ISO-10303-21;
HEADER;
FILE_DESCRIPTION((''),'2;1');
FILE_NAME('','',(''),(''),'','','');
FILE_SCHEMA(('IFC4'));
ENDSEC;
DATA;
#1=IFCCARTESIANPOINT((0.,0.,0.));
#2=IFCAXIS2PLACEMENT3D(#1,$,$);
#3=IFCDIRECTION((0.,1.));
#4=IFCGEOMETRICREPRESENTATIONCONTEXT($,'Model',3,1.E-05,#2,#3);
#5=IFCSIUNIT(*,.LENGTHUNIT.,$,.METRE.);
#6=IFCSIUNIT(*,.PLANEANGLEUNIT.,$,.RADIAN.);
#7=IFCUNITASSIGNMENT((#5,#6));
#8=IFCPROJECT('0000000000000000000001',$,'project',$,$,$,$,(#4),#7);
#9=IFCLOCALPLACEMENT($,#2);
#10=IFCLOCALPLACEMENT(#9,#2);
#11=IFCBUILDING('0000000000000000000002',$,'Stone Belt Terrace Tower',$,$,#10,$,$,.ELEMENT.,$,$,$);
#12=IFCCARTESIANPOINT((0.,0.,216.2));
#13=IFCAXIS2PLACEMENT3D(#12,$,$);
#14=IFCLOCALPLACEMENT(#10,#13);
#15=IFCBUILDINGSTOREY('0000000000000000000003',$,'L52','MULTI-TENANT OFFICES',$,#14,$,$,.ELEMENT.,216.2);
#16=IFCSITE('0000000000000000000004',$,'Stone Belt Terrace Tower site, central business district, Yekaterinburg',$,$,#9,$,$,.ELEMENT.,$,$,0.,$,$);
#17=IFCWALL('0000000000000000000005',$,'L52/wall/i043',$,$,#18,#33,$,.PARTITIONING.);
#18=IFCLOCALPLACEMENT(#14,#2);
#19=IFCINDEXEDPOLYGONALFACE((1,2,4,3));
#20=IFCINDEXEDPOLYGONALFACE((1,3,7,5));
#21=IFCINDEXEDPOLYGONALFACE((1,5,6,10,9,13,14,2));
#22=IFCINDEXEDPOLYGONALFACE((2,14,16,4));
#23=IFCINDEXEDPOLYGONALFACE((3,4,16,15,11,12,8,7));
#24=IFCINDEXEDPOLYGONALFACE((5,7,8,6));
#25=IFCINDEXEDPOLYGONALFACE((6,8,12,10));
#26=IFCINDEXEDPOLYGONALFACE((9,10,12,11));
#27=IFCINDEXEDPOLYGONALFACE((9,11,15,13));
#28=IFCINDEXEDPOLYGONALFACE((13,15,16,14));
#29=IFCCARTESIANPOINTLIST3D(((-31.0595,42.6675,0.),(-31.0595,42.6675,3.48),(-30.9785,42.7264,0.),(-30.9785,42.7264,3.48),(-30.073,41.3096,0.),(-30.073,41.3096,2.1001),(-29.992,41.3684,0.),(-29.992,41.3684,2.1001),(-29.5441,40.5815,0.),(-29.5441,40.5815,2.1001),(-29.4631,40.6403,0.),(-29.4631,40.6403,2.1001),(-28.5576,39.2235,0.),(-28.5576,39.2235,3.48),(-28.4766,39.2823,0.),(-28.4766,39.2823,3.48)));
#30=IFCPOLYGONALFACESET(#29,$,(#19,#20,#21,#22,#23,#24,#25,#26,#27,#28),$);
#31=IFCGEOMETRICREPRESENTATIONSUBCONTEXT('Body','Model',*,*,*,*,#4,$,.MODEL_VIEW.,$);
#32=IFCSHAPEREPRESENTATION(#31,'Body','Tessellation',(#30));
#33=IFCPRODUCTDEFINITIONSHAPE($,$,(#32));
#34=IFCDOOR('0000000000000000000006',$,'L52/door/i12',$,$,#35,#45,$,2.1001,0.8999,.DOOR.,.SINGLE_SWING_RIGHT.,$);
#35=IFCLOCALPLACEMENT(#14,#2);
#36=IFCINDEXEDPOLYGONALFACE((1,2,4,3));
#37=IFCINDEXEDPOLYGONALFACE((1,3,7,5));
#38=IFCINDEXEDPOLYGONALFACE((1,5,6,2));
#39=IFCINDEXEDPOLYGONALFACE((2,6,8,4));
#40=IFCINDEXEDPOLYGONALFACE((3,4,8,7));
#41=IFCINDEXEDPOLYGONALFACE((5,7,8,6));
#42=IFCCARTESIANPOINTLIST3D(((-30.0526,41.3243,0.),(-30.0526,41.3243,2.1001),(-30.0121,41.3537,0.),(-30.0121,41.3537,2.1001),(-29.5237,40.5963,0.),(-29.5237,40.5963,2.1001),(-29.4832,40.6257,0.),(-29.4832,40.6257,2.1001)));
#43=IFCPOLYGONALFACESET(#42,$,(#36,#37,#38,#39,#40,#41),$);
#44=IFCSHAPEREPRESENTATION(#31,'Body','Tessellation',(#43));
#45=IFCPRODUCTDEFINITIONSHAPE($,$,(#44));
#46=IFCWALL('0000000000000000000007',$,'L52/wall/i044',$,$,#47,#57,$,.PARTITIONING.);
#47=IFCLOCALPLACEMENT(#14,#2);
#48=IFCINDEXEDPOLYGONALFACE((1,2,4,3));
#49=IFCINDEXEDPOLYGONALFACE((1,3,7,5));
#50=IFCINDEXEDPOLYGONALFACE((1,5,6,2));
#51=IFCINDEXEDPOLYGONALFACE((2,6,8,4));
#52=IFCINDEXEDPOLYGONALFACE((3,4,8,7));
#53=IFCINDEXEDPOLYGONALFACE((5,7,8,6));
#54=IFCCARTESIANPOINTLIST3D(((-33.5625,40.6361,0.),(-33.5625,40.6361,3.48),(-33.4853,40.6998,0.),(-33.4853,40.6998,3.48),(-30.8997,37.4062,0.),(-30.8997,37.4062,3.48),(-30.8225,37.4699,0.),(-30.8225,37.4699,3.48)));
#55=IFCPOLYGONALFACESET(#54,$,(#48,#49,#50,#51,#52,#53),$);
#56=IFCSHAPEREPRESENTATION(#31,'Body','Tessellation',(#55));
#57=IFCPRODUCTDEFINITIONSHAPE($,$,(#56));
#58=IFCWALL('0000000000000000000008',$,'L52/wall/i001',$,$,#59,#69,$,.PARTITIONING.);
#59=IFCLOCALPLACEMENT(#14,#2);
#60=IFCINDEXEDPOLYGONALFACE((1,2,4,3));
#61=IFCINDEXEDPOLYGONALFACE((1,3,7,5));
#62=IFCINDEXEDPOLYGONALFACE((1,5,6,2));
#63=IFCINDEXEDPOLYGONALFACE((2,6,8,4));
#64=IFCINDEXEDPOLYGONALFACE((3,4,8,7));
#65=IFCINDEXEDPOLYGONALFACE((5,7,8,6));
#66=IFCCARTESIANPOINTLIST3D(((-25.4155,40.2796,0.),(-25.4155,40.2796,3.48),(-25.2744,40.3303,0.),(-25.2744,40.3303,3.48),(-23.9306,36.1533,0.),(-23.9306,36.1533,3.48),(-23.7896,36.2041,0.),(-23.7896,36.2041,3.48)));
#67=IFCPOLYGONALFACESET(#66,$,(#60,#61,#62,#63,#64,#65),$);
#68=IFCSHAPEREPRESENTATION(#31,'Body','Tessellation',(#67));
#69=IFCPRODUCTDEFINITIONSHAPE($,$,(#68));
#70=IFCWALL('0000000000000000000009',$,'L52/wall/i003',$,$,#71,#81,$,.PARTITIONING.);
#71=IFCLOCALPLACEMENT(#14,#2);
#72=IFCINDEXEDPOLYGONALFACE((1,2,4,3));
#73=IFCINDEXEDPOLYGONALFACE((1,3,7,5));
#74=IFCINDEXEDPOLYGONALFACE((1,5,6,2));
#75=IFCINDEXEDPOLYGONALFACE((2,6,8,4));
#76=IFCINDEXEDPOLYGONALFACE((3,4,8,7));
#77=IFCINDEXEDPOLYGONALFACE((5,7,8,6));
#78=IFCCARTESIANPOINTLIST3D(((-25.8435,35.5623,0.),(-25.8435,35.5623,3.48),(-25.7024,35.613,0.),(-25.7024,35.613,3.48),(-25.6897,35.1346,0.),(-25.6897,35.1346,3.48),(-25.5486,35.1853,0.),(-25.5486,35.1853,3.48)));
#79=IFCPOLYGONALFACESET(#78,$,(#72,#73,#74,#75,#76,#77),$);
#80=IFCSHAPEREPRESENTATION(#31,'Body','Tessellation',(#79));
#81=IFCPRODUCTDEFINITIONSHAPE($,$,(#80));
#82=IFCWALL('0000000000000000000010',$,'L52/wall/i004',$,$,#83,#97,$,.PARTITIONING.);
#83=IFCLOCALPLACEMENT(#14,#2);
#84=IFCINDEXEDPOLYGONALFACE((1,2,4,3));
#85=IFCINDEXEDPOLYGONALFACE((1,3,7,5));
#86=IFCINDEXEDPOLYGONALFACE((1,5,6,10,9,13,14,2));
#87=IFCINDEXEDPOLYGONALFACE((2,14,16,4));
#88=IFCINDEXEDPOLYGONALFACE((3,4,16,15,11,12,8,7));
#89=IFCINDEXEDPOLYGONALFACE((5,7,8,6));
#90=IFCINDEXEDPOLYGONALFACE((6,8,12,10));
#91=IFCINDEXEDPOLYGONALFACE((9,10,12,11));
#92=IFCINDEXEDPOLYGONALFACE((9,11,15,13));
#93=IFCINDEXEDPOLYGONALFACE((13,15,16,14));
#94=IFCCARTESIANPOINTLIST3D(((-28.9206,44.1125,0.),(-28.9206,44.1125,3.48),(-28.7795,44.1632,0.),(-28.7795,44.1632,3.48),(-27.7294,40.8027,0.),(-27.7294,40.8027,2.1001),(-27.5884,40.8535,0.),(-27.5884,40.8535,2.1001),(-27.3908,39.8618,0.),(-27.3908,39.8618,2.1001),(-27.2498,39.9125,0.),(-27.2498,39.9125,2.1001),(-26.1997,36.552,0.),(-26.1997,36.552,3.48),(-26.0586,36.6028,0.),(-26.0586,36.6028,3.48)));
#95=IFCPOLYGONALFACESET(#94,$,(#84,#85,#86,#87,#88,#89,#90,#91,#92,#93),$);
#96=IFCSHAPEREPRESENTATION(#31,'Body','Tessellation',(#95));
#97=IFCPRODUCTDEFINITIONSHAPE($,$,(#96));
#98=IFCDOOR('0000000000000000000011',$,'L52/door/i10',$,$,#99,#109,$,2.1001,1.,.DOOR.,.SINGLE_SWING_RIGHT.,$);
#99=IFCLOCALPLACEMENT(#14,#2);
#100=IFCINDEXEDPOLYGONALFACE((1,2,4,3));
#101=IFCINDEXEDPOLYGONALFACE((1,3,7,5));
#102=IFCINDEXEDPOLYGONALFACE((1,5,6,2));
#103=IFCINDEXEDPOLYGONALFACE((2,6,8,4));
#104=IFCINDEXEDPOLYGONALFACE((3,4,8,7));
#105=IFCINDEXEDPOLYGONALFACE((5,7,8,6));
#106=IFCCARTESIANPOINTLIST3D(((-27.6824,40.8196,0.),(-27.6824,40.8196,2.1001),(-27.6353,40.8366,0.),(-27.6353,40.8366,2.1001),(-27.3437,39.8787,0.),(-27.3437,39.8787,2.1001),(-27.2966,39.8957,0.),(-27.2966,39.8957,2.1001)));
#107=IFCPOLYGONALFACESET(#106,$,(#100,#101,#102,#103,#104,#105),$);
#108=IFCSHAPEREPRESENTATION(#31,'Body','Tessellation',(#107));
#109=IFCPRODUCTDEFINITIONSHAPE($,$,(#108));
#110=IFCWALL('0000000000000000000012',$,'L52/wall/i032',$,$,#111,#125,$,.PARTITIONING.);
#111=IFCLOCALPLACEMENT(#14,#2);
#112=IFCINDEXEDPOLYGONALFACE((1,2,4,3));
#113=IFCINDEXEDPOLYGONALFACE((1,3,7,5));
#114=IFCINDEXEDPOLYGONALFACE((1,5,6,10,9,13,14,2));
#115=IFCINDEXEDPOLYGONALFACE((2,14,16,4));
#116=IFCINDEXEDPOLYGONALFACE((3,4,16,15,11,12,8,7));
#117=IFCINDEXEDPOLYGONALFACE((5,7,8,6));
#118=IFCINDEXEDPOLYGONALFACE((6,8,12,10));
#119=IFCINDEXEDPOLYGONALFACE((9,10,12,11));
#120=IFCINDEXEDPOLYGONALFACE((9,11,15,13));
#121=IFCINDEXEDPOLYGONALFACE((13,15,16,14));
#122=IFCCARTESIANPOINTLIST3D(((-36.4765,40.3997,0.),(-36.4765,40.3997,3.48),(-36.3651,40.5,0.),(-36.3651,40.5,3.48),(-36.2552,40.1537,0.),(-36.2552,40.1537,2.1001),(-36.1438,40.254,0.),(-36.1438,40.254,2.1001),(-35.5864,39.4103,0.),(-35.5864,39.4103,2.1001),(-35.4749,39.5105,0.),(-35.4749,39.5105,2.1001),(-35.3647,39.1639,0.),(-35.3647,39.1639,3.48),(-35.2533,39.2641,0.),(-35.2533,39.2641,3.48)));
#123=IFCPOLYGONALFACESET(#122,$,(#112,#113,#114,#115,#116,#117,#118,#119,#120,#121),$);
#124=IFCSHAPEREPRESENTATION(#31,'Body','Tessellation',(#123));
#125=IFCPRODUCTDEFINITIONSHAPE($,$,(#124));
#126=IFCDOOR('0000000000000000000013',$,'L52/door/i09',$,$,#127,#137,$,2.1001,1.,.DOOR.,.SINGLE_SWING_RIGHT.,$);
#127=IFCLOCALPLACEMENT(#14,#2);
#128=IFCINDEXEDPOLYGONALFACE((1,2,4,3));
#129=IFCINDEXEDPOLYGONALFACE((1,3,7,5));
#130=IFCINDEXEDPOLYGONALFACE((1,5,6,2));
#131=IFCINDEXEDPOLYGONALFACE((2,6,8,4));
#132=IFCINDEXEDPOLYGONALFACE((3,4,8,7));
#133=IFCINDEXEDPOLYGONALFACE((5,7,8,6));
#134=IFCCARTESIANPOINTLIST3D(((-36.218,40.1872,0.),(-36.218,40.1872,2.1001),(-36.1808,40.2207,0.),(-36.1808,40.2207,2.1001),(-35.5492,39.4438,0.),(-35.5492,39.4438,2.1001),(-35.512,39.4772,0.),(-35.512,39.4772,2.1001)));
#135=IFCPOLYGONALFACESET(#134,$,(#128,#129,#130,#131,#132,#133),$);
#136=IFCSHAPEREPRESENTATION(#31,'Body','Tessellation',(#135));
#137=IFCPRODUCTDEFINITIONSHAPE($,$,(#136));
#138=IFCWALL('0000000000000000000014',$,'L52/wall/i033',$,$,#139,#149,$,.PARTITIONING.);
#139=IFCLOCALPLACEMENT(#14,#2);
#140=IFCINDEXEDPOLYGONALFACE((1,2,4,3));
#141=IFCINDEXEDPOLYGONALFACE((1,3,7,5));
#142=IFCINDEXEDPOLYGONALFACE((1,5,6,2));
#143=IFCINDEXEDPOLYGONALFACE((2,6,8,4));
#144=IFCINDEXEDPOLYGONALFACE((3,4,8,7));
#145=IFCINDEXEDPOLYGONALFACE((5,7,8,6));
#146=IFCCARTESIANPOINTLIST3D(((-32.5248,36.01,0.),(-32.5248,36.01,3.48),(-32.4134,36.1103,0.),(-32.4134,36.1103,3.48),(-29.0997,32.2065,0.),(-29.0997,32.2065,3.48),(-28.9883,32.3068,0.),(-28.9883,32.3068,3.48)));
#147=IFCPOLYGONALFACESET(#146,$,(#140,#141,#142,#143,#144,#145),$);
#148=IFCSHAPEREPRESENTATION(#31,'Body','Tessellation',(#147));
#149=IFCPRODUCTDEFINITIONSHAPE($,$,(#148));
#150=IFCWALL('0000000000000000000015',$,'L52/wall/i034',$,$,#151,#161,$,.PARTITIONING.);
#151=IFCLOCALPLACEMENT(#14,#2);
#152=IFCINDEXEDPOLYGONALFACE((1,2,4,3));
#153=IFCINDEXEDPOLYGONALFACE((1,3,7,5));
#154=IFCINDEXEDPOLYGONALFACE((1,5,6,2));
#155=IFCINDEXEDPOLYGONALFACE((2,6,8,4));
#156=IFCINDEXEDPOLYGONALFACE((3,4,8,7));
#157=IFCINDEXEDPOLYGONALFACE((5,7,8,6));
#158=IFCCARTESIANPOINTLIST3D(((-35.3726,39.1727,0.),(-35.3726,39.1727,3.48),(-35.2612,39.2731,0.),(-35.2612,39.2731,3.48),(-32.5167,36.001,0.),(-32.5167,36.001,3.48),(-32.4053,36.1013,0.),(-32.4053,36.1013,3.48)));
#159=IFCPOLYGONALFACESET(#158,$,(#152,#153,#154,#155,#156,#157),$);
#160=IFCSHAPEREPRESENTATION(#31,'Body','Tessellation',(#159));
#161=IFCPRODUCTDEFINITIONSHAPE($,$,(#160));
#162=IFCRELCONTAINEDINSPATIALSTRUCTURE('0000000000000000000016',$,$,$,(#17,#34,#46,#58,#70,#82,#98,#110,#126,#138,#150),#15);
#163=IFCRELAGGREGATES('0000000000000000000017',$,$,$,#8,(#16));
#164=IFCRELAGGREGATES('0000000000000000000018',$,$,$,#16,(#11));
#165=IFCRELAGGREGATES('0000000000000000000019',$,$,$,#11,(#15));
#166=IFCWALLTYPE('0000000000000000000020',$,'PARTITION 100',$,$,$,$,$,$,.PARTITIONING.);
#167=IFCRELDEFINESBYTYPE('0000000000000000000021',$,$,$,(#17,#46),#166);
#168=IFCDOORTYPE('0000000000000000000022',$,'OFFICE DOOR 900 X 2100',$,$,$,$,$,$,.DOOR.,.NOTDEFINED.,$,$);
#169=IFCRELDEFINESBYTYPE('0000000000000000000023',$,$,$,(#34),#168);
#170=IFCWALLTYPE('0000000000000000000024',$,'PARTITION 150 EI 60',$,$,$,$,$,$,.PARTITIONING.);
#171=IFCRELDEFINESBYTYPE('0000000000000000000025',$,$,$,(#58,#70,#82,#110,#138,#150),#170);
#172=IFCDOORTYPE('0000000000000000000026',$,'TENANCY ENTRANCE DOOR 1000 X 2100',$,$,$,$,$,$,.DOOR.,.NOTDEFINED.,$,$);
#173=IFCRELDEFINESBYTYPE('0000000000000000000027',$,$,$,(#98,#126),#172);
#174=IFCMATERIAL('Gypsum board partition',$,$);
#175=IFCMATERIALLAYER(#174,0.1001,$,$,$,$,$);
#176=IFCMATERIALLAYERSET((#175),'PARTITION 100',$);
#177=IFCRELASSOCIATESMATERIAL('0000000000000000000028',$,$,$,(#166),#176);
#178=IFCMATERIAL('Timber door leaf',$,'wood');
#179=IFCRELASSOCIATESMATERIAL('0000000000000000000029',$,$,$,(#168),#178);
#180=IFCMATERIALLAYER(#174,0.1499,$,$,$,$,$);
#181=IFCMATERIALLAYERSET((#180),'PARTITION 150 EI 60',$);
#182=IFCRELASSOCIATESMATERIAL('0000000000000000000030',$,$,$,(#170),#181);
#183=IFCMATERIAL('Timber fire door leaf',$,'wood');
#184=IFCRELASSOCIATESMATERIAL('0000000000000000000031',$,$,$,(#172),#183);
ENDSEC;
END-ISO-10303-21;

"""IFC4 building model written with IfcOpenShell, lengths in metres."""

from ifc_helpers import new_model, si_unit, direction, frame, frame_2d, origin, place, context, subcontext, project, spatial, rectangle, extrude, material, layer, layer_set, type_object, element, fill, save


model = new_model("IFC4")

# Units and contexts
model_context = context("Model", 3, precision=1e-05, world=origin(), true_north=direction((0.0, 1.0)))
body_context = subcontext(model_context, "Body", "Model", "MODEL_VIEW")
ifc_project = project(units=[si_unit("LENGTHUNIT", "METRE"), si_unit("PLANEANGLEUNIT", "RADIAN")], contexts=[model_context])

# Site, building, storey
site_placement = place(None, origin())
site = spatial("IfcSite", under=ifc_project, at=site_placement, Name="Stone Belt Terrace Tower site, central business district, Yekaterinburg", CompositionType="ELEMENT", RefElevation=0.0)
building_placement = place(site_placement, origin())
building = spatial("IfcBuilding", under=site, at=building_placement, Name="Stone Belt Terrace Tower", CompositionType="ELEMENT")
storey_placement = place(building_placement, frame((0.0, 0.0, 216.2)))
storey = spatial("IfcBuildingStorey", under=building, at=storey_placement, Name="L52", Description="MULTI-TENANT OFFICES", CompositionType="ELEMENT", Elevation=216.2)

# Shared definitions
ifc_material_1 = material(Name="Gypsum board partition")
ifc_layer_1 = layer(ifc_material_1, 0.1001)
ifc_layer_set_1 = layer_set([ifc_layer_1], Name="PARTITION 100")
wall_type_1 = type_object("IfcWallType", Name="PARTITION 100", PredefinedType="PARTITIONING", material=ifc_layer_set_1)
ifc_material_2 = material(Name="Timber door leaf", Category="wood")
door_type_1 = type_object("IfcDoorType", Name="OFFICE DOOR 900 X 2100", OperationType="NOTDEFINED", PredefinedType="DOOR", material=ifc_material_2)

# Wall, opening, door
wall_1_placement = place(storey_placement, frame((-28.5171, 39.2529, 0.0), z_axis=(0.0, 0.0, 1.0), x_axis=(-0.587735, 0.809053, 0.0)))
wall_1 = element("IfcWall", 1, at=wall_1_placement, inside=storey, type_object=wall_type_1, Name="L52/wall/i043", PredefinedType="PARTITIONING", context=body_context, shape_type="SweptSolid", body=[
    extrude(rectangle(XDim=4.2568, YDim=0.1001, at=frame_2d((2.1284, 0.0))), origin(), (0.0, 0.0, 1.0), 3.48),
])
opening_1_placement = place(wall_1_placement, frame((1.6785, 0.0, 0.0)))
opening_1 = element("IfcOpeningElement", 2, at=opening_1_placement, cuts=wall_1, PredefinedType="OPENING", context=body_context, shape_type="SweptSolid", body=[
    extrude(rectangle(XDim=0.8999, YDim=2.1001, at=frame_2d((0.45, 1.05))), frame((0.0, 0.0601, 0.0), z_axis=(0.0, -1.0, 0.0), x_axis=(1.0, 0.0, 0.0)), (0.0, 0.0, 1.0), 0.1201),
])
door_1_placement = place(opening_1_placement, origin())
door_1 = element("IfcDoor", 3, at=door_1_placement, inside=storey, type_object=door_type_1, Name="L52/door/i12", OperationType="SINGLE_SWING_RIGHT", OverallHeight=2.1001, OverallWidth=0.8999, PredefinedType="DOOR", context=body_context, shape_type="SweptSolid", body=[
    extrude(rectangle(XDim=0.8999, YDim=2.1001, at=frame_2d((0.45, 1.05))), frame((0.0, 0.0249, 0.0), z_axis=(0.0, -1.0, 0.0), x_axis=(1.0, 0.0, 0.0)), (0.0, 0.0, 1.0), 0.05),
])
fill(opening_1, door_1)

# Walls
wall_2_placement = place(storey_placement, frame((-33.5239, 40.668, 0.0), z_axis=(0.0, 0.0, 1.0), x_axis=(0.636114, -0.771595, 0.0)))
element("IfcWall", 4, at=wall_2_placement, inside=storey, type_object=wall_type_1, Name="L52/wall/i044", PredefinedType="PARTITIONING", context=body_context, shape_type="SweptSolid", body=[
    extrude(rectangle(XDim=4.186, YDim=0.1001, at=frame_2d((2.093, 0.0))), origin(), (0.0, 0.0, 1.0), 3.48),
])
ifc_layer_2 = layer(ifc_material_1, 0.1499)
ifc_layer_set_2 = layer_set([ifc_layer_2], Name="PARTITION 150 EI 60")
wall_type_2 = type_object("IfcWallType", Name="PARTITION 150 EI 60", PredefinedType="PARTITIONING", material=ifc_layer_set_2)
wall_3_placement = place(storey_placement, frame((-25.345, 40.3049, 0.0), z_axis=(0.0, 0.0, 1.0), x_axis=(0.338603, -0.940929, 0.0)))
element("IfcWall", 5, at=wall_3_placement, inside=storey, type_object=wall_type_2, Name="L52/wall/i001", PredefinedType="PARTITIONING", context=body_context, shape_type="SweptSolid", body=[
    extrude(rectangle(XDim=4.3853, YDim=0.1499, at=frame_2d((2.1926, 0.0))), origin(), (0.0, 0.0, 1.0), 3.48),
])
wall_4_placement = place(storey_placement, frame((-25.6191, 35.1599, 0.0), z_axis=(0.0, 0.0, 1.0), x_axis=(-0.338377, 0.941011, 0.0)))
element("IfcWall", 6, at=wall_4_placement, inside=storey, type_object=wall_type_2, Name="L52/wall/i003", PredefinedType="PARTITIONING", context=body_context, shape_type="SweptSolid", body=[
    extrude(rectangle(XDim=0.4546, YDim=0.1499, at=frame_2d((0.2273, 0.0))), origin(), (0.0, 0.0, 1.0), 3.48),
])

# Walls, openings, doors
wall_5_placement = place(storey_placement, frame((-26.1292, 36.5774, 0.0), z_axis=(0.0, 0.0, 1.0), x_axis=(-0.338626, 0.940921, 0.0)))
wall_5 = element("IfcWall", 7, at=wall_5_placement, inside=storey, type_object=wall_type_2, Name="L52/wall/i004", PredefinedType="PARTITIONING", context=body_context, shape_type="SweptSolid", body=[
    extrude(rectangle(XDim=8.0352, YDim=0.1499, at=frame_2d((4.0176, 0.0))), origin(), (0.0, 0.0, 1.0), 3.48),
])
opening_2_placement = place(wall_5_placement, frame((3.5176, 0.0, 0.0)))
opening_2 = element("IfcOpeningElement", 8, at=opening_2_placement, cuts=wall_5, PredefinedType="OPENING", context=body_context, shape_type="SweptSolid", body=[
    extrude(rectangle(XDim=1.0, YDim=2.1001, at=frame_2d((0.5, 1.05))), frame((0.0, 0.085, 0.0), z_axis=(0.0, -1.0, 0.0), x_axis=(1.0, 0.0, 0.0)), (0.0, 0.0, 1.0), 0.1699),
])
ifc_material_3 = material(Name="Timber fire door leaf", Category="wood")
door_type_2 = type_object("IfcDoorType", Name="TENANCY ENTRANCE DOOR 1000 X 2100", OperationType="NOTDEFINED", PredefinedType="DOOR", material=ifc_material_3)
door_2_placement = place(opening_2_placement, origin())
door_2 = element("IfcDoor", 9, at=door_2_placement, inside=storey, type_object=door_type_2, Name="L52/door/i10", OperationType="SINGLE_SWING_RIGHT", OverallHeight=2.1001, OverallWidth=1.0, PredefinedType="DOOR", context=body_context, shape_type="SweptSolid", body=[
    extrude(rectangle(XDim=1.0, YDim=2.1001, at=frame_2d((0.5, 1.05))), frame((0.0, 0.0249, 0.0), z_axis=(0.0, -1.0, 0.0), x_axis=(1.0, 0.0, 0.0)), (0.0, 0.0, 1.0), 0.05),
])
fill(opening_2, door_2)
wall_6_placement = place(storey_placement, frame((-35.3091, 39.2141, 0.0), z_axis=(0.0, 0.0, 1.0), x_axis=(-0.668819, 0.743426, 0.0)))
wall_6 = element("IfcWall", 10, at=wall_6_placement, inside=storey, type_object=wall_type_2, Name="L52/wall/i032", PredefinedType="PARTITIONING", context=body_context, shape_type="SweptSolid", body=[
    extrude(rectangle(XDim=1.6624, YDim=0.1499, at=frame_2d((0.8311, 0.0))), origin(), (0.0, 0.0, 1.0), 3.48),
])
opening_3_placement = place(wall_6_placement, frame((0.3313, 0.0, 0.0)))
opening_3 = element("IfcOpeningElement", 11, at=opening_3_placement, cuts=wall_6, PredefinedType="OPENING", context=body_context, shape_type="SweptSolid", body=[
    extrude(rectangle(XDim=1.0, YDim=2.1001, at=frame_2d((0.5, 1.05))), frame((0.0, 0.085, 0.0), z_axis=(0.0, -1.0, 0.0), x_axis=(1.0, 0.0, 0.0)), (0.0, 0.0, 1.0), 0.1699),
])
door_3_placement = place(opening_3_placement, origin())
door_3 = element("IfcDoor", 12, at=door_3_placement, inside=storey, type_object=door_type_2, Name="L52/door/i09", OperationType="SINGLE_SWING_RIGHT", OverallHeight=2.1001, OverallWidth=1.0, PredefinedType="DOOR", context=body_context, shape_type="SweptSolid", body=[
    extrude(rectangle(XDim=1.0, YDim=2.1001, at=frame_2d((0.5, 1.05))), frame((0.0, 0.0249, 0.0), z_axis=(0.0, -1.0, 0.0), x_axis=(1.0, 0.0, 0.0)), (0.0, 0.0, 1.0), 0.05),
])
fill(opening_3, door_3)

# Walls
wall_7_placement = place(storey_placement, frame((-32.469, 36.0601, 0.0), z_axis=(0.0, 0.0, 1.0), x_axis=(0.669173, -0.743107, 0.0)))
element("IfcWall", 13, at=wall_7_placement, inside=storey, type_object=wall_type_2, Name="L52/wall/i033", PredefinedType="PARTITIONING", context=body_context, shape_type="SweptSolid", body=[
    extrude(rectangle(XDim=5.1184, YDim=0.1499, at=frame_2d((2.5591, 0.0))), origin(), (0.0, 0.0, 1.0), 3.48),
])
wall_8_placement = place(storey_placement, frame((-35.3169, 39.2229, 0.0), z_axis=(0.0, 0.0, 1.0), x_axis=(0.669129, -0.743146, 0.0)))
element("IfcWall", 14, at=wall_8_placement, inside=storey, type_object=wall_type_2, Name="L52/wall/i034", PredefinedType="PARTITIONING", context=body_context, shape_type="SweptSolid", body=[
    extrude(rectangle(XDim=4.2681, YDim=0.1499, at=frame_2d((2.134, 0.0))), origin(), (0.0, 0.0, 1.0), 3.48),
])

save(model, "model.ifc")
